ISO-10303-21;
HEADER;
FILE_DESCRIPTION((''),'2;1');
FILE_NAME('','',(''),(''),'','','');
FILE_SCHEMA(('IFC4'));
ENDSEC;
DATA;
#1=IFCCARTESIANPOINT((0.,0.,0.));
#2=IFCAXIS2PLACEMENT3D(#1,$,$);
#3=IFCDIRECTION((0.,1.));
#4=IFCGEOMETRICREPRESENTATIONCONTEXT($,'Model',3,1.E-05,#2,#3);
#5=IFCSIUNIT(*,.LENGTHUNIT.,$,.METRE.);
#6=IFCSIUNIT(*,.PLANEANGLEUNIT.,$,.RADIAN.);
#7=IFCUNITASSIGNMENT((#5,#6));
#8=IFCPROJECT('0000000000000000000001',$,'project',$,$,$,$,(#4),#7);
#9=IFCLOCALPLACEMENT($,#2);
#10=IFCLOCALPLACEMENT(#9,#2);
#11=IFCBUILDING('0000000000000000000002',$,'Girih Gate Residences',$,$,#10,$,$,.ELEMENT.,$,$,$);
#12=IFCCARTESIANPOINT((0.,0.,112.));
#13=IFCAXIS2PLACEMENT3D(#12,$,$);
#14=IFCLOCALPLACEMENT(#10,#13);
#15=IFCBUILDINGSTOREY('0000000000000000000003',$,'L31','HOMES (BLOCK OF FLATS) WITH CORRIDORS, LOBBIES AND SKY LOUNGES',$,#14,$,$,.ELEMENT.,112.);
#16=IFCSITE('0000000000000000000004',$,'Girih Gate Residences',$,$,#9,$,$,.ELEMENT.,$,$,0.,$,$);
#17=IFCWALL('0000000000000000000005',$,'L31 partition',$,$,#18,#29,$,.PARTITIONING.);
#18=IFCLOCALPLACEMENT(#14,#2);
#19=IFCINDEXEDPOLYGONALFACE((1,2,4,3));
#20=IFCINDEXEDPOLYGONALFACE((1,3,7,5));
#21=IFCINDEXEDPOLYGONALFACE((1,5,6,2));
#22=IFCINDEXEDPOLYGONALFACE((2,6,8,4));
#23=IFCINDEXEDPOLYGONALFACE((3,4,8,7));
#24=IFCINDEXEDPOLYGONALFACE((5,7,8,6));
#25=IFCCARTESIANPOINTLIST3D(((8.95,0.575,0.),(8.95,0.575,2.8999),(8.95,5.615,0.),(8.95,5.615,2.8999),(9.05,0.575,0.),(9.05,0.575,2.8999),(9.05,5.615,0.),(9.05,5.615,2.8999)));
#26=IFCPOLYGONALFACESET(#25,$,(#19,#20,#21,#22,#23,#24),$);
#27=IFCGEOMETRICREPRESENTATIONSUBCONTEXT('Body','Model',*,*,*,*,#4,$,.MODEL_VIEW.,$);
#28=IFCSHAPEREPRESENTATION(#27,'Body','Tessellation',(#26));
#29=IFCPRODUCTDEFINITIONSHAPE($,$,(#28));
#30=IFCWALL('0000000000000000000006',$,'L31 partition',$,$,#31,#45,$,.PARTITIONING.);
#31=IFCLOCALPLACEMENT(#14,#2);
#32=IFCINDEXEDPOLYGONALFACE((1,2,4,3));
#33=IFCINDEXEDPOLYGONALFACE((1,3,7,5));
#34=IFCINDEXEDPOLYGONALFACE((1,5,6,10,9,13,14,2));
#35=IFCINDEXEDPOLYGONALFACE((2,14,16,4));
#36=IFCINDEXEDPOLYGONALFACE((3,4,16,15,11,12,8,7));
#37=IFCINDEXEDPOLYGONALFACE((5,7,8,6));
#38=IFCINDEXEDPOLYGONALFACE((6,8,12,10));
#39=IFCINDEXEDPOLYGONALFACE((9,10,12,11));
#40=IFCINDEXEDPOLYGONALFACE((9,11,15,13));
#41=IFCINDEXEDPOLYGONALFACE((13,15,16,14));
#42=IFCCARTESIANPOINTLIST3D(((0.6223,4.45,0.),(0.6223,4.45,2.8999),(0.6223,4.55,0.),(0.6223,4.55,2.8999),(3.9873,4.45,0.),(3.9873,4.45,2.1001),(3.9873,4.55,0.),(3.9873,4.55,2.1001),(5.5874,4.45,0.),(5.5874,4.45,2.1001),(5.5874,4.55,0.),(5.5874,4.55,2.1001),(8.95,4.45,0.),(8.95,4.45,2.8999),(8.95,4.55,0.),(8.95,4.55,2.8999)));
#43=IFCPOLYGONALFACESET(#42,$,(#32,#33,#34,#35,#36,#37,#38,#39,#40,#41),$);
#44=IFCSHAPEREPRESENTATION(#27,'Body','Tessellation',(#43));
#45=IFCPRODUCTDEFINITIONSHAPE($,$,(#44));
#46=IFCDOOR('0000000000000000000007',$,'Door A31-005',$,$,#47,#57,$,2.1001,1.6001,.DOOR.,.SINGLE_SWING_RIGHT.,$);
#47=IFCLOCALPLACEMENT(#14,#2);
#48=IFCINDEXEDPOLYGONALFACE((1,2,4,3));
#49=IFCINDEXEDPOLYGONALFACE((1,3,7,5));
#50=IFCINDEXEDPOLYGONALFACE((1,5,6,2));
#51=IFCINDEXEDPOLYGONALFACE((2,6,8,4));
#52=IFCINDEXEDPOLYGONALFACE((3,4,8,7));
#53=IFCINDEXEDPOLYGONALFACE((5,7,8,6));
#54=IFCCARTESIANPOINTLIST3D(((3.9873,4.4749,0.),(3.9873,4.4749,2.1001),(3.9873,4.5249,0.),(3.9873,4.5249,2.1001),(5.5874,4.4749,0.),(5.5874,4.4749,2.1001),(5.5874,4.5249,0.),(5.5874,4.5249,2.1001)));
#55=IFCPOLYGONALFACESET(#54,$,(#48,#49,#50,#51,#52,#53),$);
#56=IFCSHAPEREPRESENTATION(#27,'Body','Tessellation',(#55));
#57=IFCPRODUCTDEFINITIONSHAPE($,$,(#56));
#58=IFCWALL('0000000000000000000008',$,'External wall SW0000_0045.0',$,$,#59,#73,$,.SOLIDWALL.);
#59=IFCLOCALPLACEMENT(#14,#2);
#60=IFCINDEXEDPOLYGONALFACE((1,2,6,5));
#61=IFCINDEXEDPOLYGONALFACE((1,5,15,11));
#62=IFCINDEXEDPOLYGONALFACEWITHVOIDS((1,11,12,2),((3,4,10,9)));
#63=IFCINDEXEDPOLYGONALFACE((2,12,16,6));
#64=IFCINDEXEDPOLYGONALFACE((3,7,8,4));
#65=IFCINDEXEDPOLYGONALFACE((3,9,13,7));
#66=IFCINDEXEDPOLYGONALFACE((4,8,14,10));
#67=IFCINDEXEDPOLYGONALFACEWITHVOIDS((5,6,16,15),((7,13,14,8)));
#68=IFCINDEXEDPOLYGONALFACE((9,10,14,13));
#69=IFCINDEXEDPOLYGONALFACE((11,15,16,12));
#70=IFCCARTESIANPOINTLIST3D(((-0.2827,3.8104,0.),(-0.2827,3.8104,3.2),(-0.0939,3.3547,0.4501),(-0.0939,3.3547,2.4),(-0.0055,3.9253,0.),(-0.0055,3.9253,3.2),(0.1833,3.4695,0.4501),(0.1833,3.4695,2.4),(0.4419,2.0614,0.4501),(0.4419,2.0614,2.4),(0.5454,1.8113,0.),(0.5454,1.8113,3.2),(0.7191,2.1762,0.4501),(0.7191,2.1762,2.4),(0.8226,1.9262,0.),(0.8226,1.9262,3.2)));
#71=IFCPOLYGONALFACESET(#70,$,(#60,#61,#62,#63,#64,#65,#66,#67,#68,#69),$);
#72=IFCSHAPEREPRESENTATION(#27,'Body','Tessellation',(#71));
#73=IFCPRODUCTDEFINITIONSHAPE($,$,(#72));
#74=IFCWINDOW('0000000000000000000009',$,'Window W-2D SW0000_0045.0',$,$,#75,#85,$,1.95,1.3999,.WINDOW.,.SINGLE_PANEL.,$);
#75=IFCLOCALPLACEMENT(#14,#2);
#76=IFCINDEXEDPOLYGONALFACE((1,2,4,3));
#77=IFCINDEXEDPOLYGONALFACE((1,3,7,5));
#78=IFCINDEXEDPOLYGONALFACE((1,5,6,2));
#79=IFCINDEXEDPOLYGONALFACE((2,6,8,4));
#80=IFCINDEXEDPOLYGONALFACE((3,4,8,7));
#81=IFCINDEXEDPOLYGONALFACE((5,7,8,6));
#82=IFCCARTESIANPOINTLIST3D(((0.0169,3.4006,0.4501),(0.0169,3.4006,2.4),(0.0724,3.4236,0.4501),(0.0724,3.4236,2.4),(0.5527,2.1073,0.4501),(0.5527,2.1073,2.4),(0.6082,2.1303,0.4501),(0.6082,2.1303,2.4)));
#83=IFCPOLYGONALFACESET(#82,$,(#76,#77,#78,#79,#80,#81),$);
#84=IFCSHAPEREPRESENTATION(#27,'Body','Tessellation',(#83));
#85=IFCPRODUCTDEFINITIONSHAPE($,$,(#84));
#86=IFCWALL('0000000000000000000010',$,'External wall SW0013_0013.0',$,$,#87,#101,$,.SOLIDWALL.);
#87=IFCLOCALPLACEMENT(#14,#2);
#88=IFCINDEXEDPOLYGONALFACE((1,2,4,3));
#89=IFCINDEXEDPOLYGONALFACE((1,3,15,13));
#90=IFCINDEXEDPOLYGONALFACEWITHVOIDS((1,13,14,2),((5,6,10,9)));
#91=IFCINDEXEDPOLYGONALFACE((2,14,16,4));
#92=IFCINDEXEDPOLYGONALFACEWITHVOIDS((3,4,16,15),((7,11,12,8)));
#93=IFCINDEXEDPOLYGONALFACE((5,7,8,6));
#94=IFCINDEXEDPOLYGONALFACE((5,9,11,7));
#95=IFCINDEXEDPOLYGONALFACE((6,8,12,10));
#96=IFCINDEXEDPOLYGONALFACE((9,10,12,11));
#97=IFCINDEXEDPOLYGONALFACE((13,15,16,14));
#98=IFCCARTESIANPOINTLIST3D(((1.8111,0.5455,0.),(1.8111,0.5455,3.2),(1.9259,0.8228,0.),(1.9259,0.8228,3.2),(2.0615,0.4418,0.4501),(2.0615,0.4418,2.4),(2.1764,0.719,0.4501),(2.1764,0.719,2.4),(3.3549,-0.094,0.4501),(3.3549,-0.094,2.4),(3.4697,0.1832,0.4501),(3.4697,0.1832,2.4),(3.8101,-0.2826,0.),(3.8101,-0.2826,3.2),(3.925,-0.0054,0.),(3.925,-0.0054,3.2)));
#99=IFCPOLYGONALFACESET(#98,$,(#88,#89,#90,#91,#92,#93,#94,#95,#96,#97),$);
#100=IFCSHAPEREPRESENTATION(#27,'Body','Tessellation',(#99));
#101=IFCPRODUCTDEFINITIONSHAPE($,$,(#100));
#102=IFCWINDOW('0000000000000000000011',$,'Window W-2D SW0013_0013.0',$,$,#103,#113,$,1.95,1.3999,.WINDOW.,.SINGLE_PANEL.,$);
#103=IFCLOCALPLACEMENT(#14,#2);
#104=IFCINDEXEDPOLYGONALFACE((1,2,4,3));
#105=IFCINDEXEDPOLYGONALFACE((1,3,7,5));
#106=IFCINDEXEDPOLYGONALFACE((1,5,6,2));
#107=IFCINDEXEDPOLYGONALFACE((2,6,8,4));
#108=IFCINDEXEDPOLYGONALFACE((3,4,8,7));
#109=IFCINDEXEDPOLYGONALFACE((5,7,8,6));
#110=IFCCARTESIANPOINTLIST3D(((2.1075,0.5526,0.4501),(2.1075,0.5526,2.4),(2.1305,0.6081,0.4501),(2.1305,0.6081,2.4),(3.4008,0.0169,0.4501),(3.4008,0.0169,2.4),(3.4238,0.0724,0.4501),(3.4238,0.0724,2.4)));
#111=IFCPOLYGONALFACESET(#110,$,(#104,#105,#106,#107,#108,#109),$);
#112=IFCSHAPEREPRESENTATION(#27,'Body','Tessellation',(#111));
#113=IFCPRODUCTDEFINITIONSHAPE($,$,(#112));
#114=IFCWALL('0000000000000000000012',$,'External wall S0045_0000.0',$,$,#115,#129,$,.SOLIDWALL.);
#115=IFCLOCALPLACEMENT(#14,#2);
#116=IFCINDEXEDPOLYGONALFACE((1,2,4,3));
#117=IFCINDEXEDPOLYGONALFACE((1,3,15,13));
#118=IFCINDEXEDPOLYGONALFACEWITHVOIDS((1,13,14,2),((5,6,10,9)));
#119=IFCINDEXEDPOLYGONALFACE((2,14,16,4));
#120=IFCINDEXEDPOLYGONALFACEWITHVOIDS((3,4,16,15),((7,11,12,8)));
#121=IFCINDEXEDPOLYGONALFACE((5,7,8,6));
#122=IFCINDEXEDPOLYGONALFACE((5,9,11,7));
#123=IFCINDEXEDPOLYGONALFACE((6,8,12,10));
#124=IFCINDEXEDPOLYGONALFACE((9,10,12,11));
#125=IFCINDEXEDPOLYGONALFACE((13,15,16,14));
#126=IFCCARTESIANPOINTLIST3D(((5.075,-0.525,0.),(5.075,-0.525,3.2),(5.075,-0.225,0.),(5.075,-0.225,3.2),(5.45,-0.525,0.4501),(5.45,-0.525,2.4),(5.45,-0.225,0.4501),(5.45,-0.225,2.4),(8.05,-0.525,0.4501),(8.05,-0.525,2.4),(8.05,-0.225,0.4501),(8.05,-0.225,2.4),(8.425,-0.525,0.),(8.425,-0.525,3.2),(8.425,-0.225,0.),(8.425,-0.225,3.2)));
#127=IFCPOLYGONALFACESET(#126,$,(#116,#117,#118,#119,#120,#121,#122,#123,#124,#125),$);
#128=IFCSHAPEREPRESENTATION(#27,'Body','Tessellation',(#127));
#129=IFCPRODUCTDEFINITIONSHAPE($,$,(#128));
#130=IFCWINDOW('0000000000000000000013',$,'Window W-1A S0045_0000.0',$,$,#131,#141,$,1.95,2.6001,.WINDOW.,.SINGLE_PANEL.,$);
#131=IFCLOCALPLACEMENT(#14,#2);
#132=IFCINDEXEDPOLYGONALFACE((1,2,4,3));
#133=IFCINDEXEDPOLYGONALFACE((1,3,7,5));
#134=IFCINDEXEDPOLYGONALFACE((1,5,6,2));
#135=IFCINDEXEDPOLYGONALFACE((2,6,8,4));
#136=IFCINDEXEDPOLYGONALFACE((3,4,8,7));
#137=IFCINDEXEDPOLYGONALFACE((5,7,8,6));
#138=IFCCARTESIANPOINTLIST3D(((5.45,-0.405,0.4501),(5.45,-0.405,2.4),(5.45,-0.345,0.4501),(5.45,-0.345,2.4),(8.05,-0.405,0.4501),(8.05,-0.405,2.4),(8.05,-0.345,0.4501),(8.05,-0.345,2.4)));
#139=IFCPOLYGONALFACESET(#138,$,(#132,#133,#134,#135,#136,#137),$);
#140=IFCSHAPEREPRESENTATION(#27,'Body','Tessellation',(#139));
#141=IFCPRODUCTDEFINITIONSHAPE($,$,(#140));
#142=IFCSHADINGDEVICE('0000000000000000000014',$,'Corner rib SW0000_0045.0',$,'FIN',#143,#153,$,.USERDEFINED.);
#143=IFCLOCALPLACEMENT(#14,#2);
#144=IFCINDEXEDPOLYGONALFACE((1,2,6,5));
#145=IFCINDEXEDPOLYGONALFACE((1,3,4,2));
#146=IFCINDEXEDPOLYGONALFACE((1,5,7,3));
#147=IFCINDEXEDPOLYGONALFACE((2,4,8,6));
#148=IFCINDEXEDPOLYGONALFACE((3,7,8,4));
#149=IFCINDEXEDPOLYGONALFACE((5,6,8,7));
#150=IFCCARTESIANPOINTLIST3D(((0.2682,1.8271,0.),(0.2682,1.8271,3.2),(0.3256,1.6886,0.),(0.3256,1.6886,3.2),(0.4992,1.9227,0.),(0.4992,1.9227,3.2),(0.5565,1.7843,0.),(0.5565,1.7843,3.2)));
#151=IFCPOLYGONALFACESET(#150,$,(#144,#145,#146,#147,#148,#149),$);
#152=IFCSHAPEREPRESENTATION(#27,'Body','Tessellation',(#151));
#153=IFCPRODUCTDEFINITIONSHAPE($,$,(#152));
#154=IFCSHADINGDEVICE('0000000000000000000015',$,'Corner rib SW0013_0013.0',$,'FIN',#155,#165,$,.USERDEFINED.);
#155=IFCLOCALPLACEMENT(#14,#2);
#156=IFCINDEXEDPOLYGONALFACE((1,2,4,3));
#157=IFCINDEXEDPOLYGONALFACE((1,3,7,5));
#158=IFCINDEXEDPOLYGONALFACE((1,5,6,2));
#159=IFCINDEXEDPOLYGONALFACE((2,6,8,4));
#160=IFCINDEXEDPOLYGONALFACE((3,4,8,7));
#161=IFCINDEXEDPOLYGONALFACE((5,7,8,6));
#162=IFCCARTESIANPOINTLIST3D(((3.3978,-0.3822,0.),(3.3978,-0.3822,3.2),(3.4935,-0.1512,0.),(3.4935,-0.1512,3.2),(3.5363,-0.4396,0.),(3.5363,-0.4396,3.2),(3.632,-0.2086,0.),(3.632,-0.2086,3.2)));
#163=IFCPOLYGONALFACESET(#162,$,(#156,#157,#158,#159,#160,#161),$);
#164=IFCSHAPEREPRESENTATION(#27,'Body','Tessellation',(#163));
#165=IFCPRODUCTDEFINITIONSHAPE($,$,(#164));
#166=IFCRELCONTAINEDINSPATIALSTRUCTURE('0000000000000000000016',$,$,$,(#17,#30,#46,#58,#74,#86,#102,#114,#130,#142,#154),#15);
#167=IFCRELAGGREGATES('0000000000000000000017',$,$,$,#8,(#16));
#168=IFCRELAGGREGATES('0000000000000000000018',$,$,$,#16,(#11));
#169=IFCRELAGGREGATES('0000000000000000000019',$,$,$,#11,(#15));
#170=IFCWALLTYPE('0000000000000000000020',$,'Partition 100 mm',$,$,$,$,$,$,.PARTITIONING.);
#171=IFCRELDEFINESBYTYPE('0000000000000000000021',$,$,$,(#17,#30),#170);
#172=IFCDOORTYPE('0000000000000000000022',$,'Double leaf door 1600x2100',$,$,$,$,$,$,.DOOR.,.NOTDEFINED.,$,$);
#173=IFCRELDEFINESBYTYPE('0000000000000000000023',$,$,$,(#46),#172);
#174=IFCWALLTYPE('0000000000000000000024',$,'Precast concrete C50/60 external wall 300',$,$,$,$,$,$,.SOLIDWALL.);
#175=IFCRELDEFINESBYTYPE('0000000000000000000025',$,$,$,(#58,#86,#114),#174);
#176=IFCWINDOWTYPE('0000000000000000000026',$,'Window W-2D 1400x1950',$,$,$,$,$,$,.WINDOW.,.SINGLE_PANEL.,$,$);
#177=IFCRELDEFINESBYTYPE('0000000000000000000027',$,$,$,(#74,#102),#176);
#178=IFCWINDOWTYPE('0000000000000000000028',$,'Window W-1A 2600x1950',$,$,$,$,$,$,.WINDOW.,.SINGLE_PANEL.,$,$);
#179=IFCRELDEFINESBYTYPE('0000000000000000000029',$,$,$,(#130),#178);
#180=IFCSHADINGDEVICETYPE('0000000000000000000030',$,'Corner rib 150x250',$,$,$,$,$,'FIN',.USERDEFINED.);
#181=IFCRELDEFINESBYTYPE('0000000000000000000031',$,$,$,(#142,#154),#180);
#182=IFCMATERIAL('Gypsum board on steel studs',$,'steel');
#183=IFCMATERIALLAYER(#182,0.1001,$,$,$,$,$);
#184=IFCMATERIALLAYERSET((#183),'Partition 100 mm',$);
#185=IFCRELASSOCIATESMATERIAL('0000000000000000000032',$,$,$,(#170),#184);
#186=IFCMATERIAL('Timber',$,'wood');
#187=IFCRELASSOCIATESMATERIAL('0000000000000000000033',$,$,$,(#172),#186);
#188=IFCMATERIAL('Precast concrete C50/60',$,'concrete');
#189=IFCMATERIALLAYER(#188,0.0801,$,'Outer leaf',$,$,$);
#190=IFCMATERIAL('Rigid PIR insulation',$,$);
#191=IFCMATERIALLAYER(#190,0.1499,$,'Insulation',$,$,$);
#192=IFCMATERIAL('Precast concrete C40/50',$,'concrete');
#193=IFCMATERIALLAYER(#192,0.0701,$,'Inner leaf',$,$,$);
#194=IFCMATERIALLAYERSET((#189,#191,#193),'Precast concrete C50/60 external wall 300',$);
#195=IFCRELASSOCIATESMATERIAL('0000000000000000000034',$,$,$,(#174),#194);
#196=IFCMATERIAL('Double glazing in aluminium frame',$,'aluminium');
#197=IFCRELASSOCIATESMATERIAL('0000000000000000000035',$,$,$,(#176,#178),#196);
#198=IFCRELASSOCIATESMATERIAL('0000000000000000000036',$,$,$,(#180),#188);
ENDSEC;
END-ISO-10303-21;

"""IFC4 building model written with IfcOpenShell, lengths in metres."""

from ifc_helpers import new_model, si_unit, direction, frame, frame_2d, origin, origin_2d, place, context, subcontext, project, spatial, rectangle, extrude, material, layer, layer_set, type_object, element, fill, save


model = new_model("IFC4")

# Units and contexts
model_context = context("Model", 3, precision=1e-05, world=origin(), true_north=direction((0.0, 1.0)))
body_context = subcontext(model_context, "Body", "Model", "MODEL_VIEW")
ifc_project = project(units=[si_unit("LENGTHUNIT", "METRE"), si_unit("PLANEANGLEUNIT", "RADIAN")], contexts=[model_context])

# Site, building, storey
site_placement = place(None, origin())
site = spatial("IfcSite", under=ifc_project, at=site_placement, Name="Girih Gate Residences", CompositionType="ELEMENT", RefElevation=0.0)
building_placement = place(site_placement, origin())
building = spatial("IfcBuilding", under=site, at=building_placement, Name="Girih Gate Residences", CompositionType="ELEMENT")
storey_placement = place(building_placement, frame((0.0, 0.0, 112.0)))
storey = spatial("IfcBuildingStorey", under=building, at=storey_placement, Name="L31", Description="HOMES (BLOCK OF FLATS) WITH CORRIDORS, LOBBIES AND SKY LOUNGES", CompositionType="ELEMENT", Elevation=112.0)

# Wall
ifc_material_1 = material(Name="Gypsum board on steel studs", Category="steel")
ifc_layer_1 = layer(ifc_material_1, 0.1001)
ifc_layer_set_1 = layer_set([ifc_layer_1], Name="Partition 100 mm")
wall_type_1 = type_object("IfcWallType", Name="Partition 100 mm", PredefinedType="PARTITIONING", material=ifc_layer_set_1)
wall_1_placement = place(storey_placement, frame((9.0, 0.575, 0.0), z_axis=(0.0, 0.0, 1.0), x_axis=(0.0, 1.0, 0.0)))
element("IfcWall", 1, at=wall_1_placement, inside=storey, type_object=wall_type_1, Name="L31 partition", PredefinedType="PARTITIONING", context=body_context, shape_type="SweptSolid", body=[
    extrude(rectangle(XDim=5.04, YDim=0.1001, at=frame_2d((2.52, 0.0))), origin(), (0.0, 0.0, 1.0), 2.8999),
])

# Wall, opening, door
wall_2_placement = place(storey_placement, frame((0.6223, 4.5, 0.0), z_axis=(0.0, 0.0, 1.0), x_axis=(1.0, 0.0, 0.0)))
wall_2 = element("IfcWall", 2, at=wall_2_placement, inside=storey, type_object=wall_type_1, Name="L31 partition", PredefinedType="PARTITIONING", context=body_context, shape_type="SweptSolid", body=[
    extrude(rectangle(XDim=8.3276, YDim=0.1001, at=frame_2d((4.1638, 0.0))), origin(), (0.0, 0.0, 1.0), 2.8999),
])
opening_1_placement = place(wall_2_placement, frame((3.365, 0.0, 0.0)))
opening_1 = element("IfcOpeningElement", 3, at=opening_1_placement, cuts=wall_2, PredefinedType="OPENING", context=body_context, shape_type="SweptSolid", body=[
    extrude(rectangle(XDim=1.6001, YDim=2.1001, at=frame_2d((0.8, 1.05))), frame((0.0, 0.0601, 0.0), z_axis=(0.0, -1.0, 0.0), x_axis=(1.0, 0.0, 0.0)), (0.0, 0.0, 1.0), 0.1201),
])
ifc_material_2 = material(Name="Timber", Category="wood")
door_type = type_object("IfcDoorType", Name="Double leaf door 1600x2100", OperationType="NOTDEFINED", PredefinedType="DOOR", material=ifc_material_2)
door_placement = place(opening_1_placement, origin())
door = element("IfcDoor", 4, at=door_placement, inside=storey, type_object=door_type, Name="Door A31-005", OperationType="SINGLE_SWING_RIGHT", OverallHeight=2.1001, OverallWidth=1.6001, PredefinedType="DOOR", context=body_context, shape_type="SweptSolid", body=[
    extrude(rectangle(XDim=1.6001, YDim=2.1001, at=frame_2d((0.8, 1.05))), frame((0.0, 0.0249, 0.0), z_axis=(0.0, -1.0, 0.0), x_axis=(1.0, 0.0, 0.0)), (0.0, 0.0, 1.0), 0.05),
])
fill(opening_1, door)

# Walls, openings, windows
ifc_material_3 = material(Name="Precast concrete C50/60", Category="concrete")
ifc_layer_2 = layer(ifc_material_3, 0.0801, Name="Outer leaf")
ifc_material_4 = material(Name="Rigid PIR insulation")
ifc_layer_3 = layer(ifc_material_4, 0.1499, Name="Insulation")
ifc_material_5 = material(Name="Precast concrete C40/50", Category="concrete")
ifc_layer_4 = layer(ifc_material_5, 0.0701, Name="Inner leaf")
ifc_layer_set_2 = layer_set([ifc_layer_2, ifc_layer_3, ifc_layer_4], Name="Precast concrete C50/60 external wall 300")
wall_type_2 = type_object("IfcWallType", Name="Precast concrete C50/60 external wall 300", PredefinedType="SOLIDWALL", material=ifc_layer_set_2)
wall_3_placement = place(storey_placement, frame((0.6841, 1.8687, 0.0), z_axis=(0.0, 0.0, 1.0), x_axis=(-0.382724, 0.923863, 0.0)))
wall_3 = element("IfcWall", 5, at=wall_3_placement, inside=storey, type_object=wall_type_2, Name="External wall SW0000_0045.0", PredefinedType="SOLIDWALL", context=body_context, shape_type="SweptSolid", body=[
    extrude(rectangle(XDim=2.1638, YDim=0.3, at=frame_2d((1.082, 0.0))), origin(), (0.0, 0.0, 1.0), 3.2),
])
opening_2_placement = place(wall_3_placement, frame((0.2708, 0.0, 0.45)))
opening_2 = element("IfcOpeningElement", 6, at=opening_2_placement, cuts=wall_3, PredefinedType="OPENING", context=body_context, shape_type="SweptSolid", body=[
    extrude(rectangle(XDim=1.3999, YDim=1.95, at=frame_2d((0.7, 0.9751))), frame((0.0, 0.1599, 0.0), z_axis=(0.0, -1.0, 0.0), x_axis=(1.0, 0.0, 0.0)), (0.0, 0.0, 1.0), 0.3201),
])
ifc_material_6 = material(Name="Double glazing in aluminium frame", Category="aluminium")
window_type_1 = type_object("IfcWindowType", Name="Window W-2D 1400x1950", PartitioningType="SINGLE_PANEL", PredefinedType="WINDOW", material=ifc_material_6)
window_1_placement = place(opening_2_placement, origin())
window_1 = element("IfcWindow", 7, at=window_1_placement, inside=storey, type_object=window_type_1, Name="Window W-2D SW0000_0045.0", OverallHeight=1.95, OverallWidth=1.3999, PartitioningType="SINGLE_PANEL", PredefinedType="WINDOW", context=body_context, shape_type="SweptSolid", body=[
    extrude(rectangle(XDim=1.3999, YDim=1.95, at=frame_2d((0.7, 0.9751))), frame((0.0, 0.03, 0.0), z_axis=(0.0, -1.0, 0.0), x_axis=(1.0, 0.0, 0.0)), (0.0, 0.0, 1.0), 0.0601),
])
fill(opening_2, window_1)
wall_4_placement = place(storey_placement, frame((3.8677, -0.144, 0.0), z_axis=(0.0, 0.0, 1.0), x_axis=(-0.923863, 0.382724, 0.0)))
wall_4 = element("IfcWall", 8, at=wall_4_placement, inside=storey, type_object=wall_type_2, Name="External wall SW0013_0013.0", PredefinedType="SOLIDWALL", context=body_context, shape_type="SweptSolid", body=[
    extrude(rectangle(XDim=2.1638, YDim=0.3, at=frame_2d((1.082, 0.0))), origin(), (0.0, 0.0, 1.0), 3.2),
])
opening_3_placement = place(wall_4_placement, frame((0.4929, 0.0, 0.45)))
opening_3 = element("IfcOpeningElement", 9, at=opening_3_placement, cuts=wall_4, PredefinedType="OPENING", context=body_context, shape_type="SweptSolid", body=[
    extrude(rectangle(XDim=1.3999, YDim=1.95, at=frame_2d((0.7, 0.9751))), frame((0.0, 0.1599, 0.0), z_axis=(0.0, -1.0, 0.0), x_axis=(1.0, 0.0, 0.0)), (0.0, 0.0, 1.0), 0.3201),
])
window_2_placement = place(opening_3_placement, origin())
window_2 = element("IfcWindow", 10, at=window_2_placement, inside=storey, type_object=window_type_1, Name="Window W-2D SW0013_0013.0", OverallHeight=1.95, OverallWidth=1.3999, PartitioningType="SINGLE_PANEL", PredefinedType="WINDOW", context=body_context, shape_type="SweptSolid", body=[
    extrude(rectangle(XDim=1.3999, YDim=1.95, at=frame_2d((0.7, 0.9751))), frame((0.0, 0.03, 0.0), z_axis=(0.0, -1.0, 0.0), x_axis=(1.0, 0.0, 0.0)), (0.0, 0.0, 1.0), 0.0601),
])
fill(opening_3, window_2)
wall_5_placement = place(storey_placement, frame((8.425, -0.375, 0.0), z_axis=(0.0, 0.0, 1.0), x_axis=(-1.0, 0.0, 0.0)))
wall_5 = element("IfcWall", 11, at=wall_5_placement, inside=storey, type_object=wall_type_2, Name="External wall S0045_0000.0", PredefinedType="SOLIDWALL", context=body_context, shape_type="SweptSolid", body=[
    extrude(rectangle(XDim=3.3501, YDim=0.3, at=frame_2d((1.675, 0.0))), origin(), (0.0, 0.0, 1.0), 3.2),
])
opening_4_placement = place(wall_5_placement, frame((0.375, 0.0, 0.45)))
opening_4 = element("IfcOpeningElement", 12, at=opening_4_placement, cuts=wall_5, PredefinedType="OPENING", context=body_context, shape_type="SweptSolid", body=[
    extrude(rectangle(XDim=2.6001, YDim=1.95, at=frame_2d((1.3, 0.9751))), frame((0.0, 0.1599, 0.0), z_axis=(0.0, -1.0, 0.0), x_axis=(1.0, 0.0, 0.0)), (0.0, 0.0, 1.0), 0.3201),
])
window_type_2 = type_object("IfcWindowType", Name="Window W-1A 2600x1950", PartitioningType="SINGLE_PANEL", PredefinedType="WINDOW", material=ifc_material_6)
window_3_placement = place(opening_4_placement, origin())
window_3 = element("IfcWindow", 13, at=window_3_placement, inside=storey, type_object=window_type_2, Name="Window W-1A S0045_0000.0", OverallHeight=1.95, OverallWidth=2.6001, PartitioningType="SINGLE_PANEL", PredefinedType="WINDOW", context=body_context, shape_type="SweptSolid", body=[
    extrude(rectangle(XDim=2.6001, YDim=1.95, at=frame_2d((1.3, 0.9751))), frame((0.0, 0.03, 0.0), z_axis=(0.0, -1.0, 0.0), x_axis=(1.0, 0.0, 0.0)), (0.0, 0.0, 1.0), 0.0601),
])
fill(opening_4, window_3)

# Shading devices
shading_device_type = type_object("IfcShadingDeviceType", Name="Corner rib 150x250", ElementType="FIN", PredefinedType="USERDEFINED", material=ifc_material_3)
for number, where, z_axis, x_axis, name in (
    (14, (0.4124, 1.8057, 0.0), (0.0, 0.0, 1.0), (0.382683, -0.92388, 0.0), "Corner rib SW0000_0045.0"),
    (15, (3.5149, -0.2954, 0.0), (0.0, 0.0, 1.0), (0.92388, -0.382683, 0.0), "Corner rib SW0013_0013.0"),
):
    element("IfcShadingDevice", number, at=place(storey_placement, frame(where, z_axis=z_axis, x_axis=x_axis)), inside=storey, type_object=shading_device_type, Name=name, ObjectType="FIN", PredefinedType="USERDEFINED", context=body_context, shape_type="SweptSolid", body=[
        extrude(rectangle(XDim=0.1499, YDim=0.25, at=origin_2d()), origin(), (0.0, 0.0, 1.0), 3.2),
    ])

save(model, "model.ifc")
